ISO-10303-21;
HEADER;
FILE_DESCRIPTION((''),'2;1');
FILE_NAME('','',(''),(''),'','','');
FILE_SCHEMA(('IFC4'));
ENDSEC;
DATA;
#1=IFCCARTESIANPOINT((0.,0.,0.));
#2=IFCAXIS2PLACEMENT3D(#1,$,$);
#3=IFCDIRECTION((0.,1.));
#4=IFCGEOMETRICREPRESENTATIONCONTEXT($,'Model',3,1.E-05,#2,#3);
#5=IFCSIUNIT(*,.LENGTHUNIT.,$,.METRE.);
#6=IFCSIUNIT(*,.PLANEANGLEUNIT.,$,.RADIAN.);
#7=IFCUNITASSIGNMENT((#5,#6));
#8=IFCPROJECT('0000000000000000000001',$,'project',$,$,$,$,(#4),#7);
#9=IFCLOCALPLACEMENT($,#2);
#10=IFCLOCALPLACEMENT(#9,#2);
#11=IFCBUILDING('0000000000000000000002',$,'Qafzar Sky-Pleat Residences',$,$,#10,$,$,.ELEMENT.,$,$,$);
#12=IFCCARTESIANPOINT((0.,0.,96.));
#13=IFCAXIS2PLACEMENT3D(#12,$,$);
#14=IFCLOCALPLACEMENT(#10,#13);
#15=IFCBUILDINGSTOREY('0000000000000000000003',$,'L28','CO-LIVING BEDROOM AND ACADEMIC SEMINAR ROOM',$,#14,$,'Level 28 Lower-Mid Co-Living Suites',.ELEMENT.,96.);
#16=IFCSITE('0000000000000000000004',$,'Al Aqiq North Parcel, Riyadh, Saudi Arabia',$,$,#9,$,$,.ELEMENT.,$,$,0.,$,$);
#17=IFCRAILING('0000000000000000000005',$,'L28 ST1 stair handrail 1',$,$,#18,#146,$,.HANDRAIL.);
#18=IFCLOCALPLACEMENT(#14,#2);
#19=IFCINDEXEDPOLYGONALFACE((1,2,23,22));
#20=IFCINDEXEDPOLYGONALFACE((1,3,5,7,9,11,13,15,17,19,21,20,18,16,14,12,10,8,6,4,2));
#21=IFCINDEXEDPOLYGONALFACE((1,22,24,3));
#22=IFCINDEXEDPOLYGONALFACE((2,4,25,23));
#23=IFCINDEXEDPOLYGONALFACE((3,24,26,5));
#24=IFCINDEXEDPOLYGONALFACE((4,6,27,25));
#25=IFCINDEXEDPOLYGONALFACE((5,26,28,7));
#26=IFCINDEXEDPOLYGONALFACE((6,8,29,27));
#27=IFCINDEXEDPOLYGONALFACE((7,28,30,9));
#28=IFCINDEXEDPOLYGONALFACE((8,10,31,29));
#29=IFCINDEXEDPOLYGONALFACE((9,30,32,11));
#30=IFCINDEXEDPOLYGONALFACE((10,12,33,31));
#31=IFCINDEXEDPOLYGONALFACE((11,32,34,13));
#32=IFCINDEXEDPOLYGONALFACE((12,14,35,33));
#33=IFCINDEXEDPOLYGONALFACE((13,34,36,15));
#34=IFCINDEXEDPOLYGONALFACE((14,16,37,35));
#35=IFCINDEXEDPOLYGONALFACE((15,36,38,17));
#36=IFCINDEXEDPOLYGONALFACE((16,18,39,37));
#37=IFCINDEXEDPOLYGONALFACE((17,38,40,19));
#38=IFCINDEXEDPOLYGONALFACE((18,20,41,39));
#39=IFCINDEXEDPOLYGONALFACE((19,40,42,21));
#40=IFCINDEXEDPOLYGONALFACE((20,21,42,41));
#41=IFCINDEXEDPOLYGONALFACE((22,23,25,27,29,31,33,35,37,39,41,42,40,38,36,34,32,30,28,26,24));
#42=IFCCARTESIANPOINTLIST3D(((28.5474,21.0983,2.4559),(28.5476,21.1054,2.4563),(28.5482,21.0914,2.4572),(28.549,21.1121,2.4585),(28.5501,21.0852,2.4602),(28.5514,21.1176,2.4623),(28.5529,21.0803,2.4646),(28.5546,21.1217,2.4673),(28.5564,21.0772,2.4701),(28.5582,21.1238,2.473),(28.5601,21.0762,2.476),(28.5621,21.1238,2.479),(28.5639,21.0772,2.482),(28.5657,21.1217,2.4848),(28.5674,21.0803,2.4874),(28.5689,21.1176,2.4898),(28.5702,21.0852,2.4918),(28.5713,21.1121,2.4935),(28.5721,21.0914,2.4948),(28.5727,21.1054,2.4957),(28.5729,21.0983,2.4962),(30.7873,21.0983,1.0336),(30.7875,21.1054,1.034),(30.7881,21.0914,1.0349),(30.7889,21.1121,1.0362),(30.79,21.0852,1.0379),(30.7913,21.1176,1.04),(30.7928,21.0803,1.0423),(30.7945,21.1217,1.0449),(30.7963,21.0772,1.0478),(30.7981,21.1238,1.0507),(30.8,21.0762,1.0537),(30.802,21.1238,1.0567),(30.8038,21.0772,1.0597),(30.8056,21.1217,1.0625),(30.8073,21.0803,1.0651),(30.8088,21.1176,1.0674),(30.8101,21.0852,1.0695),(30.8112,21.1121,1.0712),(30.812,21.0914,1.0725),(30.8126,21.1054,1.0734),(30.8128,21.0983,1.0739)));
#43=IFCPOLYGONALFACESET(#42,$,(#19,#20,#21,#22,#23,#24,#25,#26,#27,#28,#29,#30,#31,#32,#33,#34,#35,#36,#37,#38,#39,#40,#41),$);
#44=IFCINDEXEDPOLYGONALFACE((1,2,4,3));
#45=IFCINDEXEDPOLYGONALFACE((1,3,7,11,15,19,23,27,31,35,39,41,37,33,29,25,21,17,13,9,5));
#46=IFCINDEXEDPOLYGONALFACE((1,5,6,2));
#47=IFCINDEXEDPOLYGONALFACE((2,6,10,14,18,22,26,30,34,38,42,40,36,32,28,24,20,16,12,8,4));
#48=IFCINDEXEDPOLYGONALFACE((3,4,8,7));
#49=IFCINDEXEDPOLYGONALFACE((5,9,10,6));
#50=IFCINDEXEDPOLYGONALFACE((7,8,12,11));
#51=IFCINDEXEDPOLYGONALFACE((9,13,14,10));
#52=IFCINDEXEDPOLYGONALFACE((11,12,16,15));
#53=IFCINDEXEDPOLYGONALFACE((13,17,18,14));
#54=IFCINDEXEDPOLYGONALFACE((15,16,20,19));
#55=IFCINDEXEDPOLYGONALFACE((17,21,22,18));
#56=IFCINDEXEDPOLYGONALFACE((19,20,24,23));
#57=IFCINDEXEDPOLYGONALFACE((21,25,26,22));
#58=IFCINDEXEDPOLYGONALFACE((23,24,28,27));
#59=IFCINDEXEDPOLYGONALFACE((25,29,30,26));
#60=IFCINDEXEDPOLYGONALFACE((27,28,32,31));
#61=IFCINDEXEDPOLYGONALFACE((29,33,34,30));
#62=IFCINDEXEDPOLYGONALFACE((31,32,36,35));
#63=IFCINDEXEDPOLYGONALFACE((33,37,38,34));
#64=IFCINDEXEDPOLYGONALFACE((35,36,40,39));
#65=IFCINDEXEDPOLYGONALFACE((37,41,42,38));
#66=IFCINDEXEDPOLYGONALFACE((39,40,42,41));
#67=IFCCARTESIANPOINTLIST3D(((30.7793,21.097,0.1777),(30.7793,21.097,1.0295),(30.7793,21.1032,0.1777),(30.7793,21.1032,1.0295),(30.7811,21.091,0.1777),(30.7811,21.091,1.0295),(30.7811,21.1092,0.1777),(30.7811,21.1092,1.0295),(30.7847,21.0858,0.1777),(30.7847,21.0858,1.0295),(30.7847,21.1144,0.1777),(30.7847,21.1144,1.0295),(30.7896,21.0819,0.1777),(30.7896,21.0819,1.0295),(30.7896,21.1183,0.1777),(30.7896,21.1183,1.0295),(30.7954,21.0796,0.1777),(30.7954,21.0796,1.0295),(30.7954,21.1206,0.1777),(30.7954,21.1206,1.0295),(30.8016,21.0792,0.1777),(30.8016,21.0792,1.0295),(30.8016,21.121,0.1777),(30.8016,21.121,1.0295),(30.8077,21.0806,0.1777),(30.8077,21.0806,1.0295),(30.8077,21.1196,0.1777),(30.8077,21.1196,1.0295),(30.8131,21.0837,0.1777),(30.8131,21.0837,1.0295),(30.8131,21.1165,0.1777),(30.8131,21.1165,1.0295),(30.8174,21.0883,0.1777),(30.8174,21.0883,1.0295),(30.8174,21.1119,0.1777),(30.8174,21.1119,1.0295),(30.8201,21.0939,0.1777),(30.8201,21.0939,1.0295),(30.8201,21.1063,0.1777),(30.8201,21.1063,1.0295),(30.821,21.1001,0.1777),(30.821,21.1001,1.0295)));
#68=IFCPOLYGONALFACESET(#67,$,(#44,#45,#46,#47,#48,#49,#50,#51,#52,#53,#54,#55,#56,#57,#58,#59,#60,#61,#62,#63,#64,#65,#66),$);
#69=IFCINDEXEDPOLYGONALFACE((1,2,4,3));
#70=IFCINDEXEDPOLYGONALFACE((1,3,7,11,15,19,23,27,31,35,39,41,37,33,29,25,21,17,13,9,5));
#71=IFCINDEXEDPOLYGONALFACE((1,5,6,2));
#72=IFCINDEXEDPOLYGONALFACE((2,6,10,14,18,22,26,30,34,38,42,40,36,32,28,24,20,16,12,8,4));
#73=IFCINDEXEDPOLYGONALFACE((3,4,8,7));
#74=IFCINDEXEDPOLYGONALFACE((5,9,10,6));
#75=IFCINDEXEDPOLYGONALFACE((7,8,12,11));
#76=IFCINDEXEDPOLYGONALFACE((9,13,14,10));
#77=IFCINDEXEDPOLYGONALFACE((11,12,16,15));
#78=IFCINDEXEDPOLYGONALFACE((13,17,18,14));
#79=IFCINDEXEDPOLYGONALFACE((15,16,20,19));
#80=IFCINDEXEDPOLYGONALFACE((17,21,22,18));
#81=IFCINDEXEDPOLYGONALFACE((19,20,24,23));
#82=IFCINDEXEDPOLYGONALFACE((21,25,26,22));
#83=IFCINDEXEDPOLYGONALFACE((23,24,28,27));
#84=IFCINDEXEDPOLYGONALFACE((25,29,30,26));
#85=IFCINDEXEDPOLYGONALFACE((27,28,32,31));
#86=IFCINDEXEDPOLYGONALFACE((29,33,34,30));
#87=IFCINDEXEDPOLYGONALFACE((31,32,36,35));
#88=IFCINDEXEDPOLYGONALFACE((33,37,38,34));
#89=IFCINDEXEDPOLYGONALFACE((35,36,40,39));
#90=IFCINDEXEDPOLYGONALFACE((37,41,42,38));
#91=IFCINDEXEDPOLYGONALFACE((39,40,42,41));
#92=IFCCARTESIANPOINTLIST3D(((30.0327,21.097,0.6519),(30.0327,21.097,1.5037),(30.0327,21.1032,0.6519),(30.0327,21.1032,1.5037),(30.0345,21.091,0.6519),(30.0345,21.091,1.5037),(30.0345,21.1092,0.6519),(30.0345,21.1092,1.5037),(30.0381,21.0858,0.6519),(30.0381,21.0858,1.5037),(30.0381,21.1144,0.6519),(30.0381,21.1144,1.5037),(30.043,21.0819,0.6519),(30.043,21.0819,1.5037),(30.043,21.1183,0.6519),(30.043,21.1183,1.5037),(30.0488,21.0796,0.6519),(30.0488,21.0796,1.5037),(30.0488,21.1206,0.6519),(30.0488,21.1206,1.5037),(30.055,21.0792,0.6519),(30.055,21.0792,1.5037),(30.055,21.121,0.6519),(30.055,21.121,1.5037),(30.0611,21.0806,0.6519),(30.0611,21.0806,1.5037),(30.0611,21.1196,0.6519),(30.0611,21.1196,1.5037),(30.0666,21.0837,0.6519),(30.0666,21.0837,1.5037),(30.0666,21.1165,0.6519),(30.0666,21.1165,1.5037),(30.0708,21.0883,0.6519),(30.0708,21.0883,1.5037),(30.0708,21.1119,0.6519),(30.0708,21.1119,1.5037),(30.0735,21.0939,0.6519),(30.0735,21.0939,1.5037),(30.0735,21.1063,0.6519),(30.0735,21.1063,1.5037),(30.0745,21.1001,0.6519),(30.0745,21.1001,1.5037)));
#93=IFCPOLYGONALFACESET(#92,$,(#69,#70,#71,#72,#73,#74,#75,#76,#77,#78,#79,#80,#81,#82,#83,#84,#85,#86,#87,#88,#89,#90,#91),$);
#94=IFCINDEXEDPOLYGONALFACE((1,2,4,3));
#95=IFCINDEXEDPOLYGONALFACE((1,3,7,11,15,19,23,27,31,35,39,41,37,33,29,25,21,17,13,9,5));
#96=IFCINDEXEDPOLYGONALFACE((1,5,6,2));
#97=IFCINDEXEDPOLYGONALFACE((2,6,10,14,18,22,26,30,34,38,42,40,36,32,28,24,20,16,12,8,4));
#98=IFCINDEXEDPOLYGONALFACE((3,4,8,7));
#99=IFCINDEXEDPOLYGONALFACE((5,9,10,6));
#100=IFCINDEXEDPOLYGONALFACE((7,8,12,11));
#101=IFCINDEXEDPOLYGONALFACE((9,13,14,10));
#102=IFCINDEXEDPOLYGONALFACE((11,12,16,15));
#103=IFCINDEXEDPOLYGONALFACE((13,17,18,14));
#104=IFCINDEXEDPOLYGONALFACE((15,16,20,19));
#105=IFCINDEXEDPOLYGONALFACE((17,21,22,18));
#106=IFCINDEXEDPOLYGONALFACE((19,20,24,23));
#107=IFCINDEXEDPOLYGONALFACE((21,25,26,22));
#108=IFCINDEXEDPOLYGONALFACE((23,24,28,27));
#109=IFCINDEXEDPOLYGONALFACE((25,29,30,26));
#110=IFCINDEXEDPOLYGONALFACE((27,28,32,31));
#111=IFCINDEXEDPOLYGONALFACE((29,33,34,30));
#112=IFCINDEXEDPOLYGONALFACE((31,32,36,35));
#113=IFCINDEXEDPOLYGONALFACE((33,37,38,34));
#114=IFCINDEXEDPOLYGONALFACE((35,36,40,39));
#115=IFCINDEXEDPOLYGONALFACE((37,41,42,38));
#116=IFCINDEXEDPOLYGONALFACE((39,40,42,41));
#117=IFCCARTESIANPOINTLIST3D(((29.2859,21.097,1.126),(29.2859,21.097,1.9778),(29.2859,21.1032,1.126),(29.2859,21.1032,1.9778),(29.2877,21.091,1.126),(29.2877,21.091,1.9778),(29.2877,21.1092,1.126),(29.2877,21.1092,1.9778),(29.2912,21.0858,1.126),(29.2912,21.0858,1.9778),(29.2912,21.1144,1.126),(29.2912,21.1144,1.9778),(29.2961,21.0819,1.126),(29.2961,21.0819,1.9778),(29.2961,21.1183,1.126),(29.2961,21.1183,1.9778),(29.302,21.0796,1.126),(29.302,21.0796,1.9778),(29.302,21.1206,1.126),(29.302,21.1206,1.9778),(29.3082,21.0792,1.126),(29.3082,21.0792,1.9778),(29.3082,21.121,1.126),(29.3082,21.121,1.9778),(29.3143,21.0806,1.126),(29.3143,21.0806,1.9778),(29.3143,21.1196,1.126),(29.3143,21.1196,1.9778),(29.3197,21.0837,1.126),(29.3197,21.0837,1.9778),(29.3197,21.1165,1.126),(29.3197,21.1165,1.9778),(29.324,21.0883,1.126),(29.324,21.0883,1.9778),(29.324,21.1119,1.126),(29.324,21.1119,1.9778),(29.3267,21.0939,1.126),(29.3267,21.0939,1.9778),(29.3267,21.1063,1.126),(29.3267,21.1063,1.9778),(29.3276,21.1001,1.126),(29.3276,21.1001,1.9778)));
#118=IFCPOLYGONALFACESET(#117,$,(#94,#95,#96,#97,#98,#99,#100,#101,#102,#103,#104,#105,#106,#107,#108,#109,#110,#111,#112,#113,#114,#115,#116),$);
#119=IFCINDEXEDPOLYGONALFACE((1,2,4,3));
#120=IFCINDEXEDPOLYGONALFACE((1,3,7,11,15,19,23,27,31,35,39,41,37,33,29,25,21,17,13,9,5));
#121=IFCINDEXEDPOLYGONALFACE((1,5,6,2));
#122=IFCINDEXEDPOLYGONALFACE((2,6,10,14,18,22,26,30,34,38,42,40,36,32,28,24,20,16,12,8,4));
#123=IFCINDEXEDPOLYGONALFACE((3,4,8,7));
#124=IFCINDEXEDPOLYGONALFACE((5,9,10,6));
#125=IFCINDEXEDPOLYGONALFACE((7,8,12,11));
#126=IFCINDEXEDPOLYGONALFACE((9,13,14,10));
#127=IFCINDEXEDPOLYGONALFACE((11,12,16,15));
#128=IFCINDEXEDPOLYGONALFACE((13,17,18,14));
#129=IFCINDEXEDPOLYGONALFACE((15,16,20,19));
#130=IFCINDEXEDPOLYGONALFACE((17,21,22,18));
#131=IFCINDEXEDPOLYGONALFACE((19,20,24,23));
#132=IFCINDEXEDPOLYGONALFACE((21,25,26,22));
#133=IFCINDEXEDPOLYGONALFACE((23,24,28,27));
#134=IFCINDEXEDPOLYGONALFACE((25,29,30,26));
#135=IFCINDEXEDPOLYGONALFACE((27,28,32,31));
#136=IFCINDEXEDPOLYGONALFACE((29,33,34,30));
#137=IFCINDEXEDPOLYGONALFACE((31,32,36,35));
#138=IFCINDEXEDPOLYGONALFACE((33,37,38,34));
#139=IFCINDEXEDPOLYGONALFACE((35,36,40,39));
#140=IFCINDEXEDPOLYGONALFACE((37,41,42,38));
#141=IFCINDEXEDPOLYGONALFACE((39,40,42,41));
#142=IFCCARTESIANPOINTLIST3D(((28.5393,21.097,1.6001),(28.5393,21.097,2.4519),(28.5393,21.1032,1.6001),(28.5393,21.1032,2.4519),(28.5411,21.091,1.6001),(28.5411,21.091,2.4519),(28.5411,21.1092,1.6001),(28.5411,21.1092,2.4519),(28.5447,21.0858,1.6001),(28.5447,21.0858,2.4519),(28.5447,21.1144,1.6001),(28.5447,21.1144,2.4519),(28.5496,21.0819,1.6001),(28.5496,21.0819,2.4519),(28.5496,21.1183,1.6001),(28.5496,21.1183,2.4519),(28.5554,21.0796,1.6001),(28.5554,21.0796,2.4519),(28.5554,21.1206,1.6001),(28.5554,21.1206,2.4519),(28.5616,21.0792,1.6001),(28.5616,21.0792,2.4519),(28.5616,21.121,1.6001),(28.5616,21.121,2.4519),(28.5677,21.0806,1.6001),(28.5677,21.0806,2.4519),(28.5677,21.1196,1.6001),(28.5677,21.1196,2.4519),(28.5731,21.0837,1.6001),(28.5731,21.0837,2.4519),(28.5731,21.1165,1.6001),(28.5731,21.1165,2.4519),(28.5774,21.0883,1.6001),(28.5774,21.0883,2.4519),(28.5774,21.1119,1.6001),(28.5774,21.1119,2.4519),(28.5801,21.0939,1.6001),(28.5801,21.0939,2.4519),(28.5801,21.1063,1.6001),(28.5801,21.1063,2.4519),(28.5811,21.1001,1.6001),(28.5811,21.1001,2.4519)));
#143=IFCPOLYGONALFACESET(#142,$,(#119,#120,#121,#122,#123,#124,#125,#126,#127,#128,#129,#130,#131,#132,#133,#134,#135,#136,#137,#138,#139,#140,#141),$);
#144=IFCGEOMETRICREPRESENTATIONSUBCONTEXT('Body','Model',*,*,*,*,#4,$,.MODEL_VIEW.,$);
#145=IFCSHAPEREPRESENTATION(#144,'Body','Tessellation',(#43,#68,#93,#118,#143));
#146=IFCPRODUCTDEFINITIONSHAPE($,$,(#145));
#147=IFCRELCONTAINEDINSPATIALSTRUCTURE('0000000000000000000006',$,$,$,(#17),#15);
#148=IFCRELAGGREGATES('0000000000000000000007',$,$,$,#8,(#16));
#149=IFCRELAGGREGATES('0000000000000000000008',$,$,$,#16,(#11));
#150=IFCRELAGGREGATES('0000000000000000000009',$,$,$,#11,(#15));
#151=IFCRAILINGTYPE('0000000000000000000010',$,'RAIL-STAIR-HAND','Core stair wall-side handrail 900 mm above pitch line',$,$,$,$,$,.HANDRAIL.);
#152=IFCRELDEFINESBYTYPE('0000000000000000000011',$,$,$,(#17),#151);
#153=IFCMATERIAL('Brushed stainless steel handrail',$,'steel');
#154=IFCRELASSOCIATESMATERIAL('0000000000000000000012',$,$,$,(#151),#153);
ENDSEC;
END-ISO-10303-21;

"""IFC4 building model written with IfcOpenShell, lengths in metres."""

from ifc_helpers import new_model, si_unit, direction, frame, origin, origin_2d, place, context, subcontext, project, spatial, circle, extrude, source, transform, mapped, material, type_object, element, save


model = new_model("IFC4")

# Units and contexts
model_context = context("Model", 3, precision=1e-05, world=origin(), true_north=direction((0.0, 1.0)))
body_context = subcontext(model_context, "Body", "Model", "MODEL_VIEW")
ifc_project = project(units=[si_unit("LENGTHUNIT", "METRE"), si_unit("PLANEANGLEUNIT", "RADIAN")], contexts=[model_context])

# Site, building, storey
site_placement = place(None, origin())
site = spatial("IfcSite", under=ifc_project, at=site_placement, Name="Al Aqiq North Parcel, Riyadh, Saudi Arabia", CompositionType="ELEMENT", RefElevation=0.0)
building_placement = place(site_placement, origin())
building = spatial("IfcBuilding", under=site, at=building_placement, Name="Qafzar Sky-Pleat Residences", CompositionType="ELEMENT")
storey_placement = place(building_placement, frame((0.0, 0.0, 96.0)))
storey = spatial("IfcBuildingStorey", under=building, at=storey_placement, Name="L28", Description="CO-LIVING BEDROOM AND ACADEMIC SEMINAR ROOM", LongName="Level 28 Lower-Mid Co-Living Suites", CompositionType="ELEMENT", Elevation=96.0)

# Railing
ifc_material_1 = material(Name="Brushed stainless steel handrail", Category="steel")
railing_type_1 = type_object("IfcRailingType", Name="RAIL-STAIR-HAND", Description="Core stair wall-side handrail 900 mm above pitch line", PredefinedType="HANDRAIL", material=ifc_material_1)
shared_shape_1 = source(origin(), body_context, "Body", "SweptSolid", [
    extrude(circle(Radius=0.0239, at=origin_2d()), frame((0.0, 0.0, 0.876), z_axis=(-0.844188, 0.0, 0.536048), x_axis=(0.0, -1.0, 0.0)), (0.0, 0.0, 1.0), 2.6533),
    extrude(circle(Radius=0.021, at=origin_2d()), origin(), (0.0, 0.0, 1.0), 0.8518),
    extrude(circle(Radius=0.021, at=origin_2d()), frame((-0.7466, 0.0, 0.4741)), (0.0, 0.0, 1.0), 0.8518),
    extrude(circle(Radius=0.021, at=origin_2d()), frame((-1.4934, 0.0, 0.9482)), (0.0, 0.0, 1.0), 0.8518),
    extrude(circle(Radius=0.021, at=origin_2d()), frame((-2.24, 0.0, 1.4224)), (0.0, 0.0, 1.0), 0.8518),
])
railing_1_placement = place(storey_placement, frame((30.8, 21.1001, 0.1777)))
element("IfcRailing", 1, at=railing_1_placement, inside=storey, type_object=railing_type_1, Name="L28 ST1 stair handrail 1", PredefinedType="HANDRAIL", context=body_context, shape_type="MappedRepresentation", body=[
    mapped(shared_shape_1, transform((0.0, 0.0, 0.0), x_axis=(1.0, 0.0, 0.0), y_axis=(0.0, 1.0, 0.0), z_axis=(0.0, 0.0, 1.0), scale=1.0)),
])

save(model, "model.ifc")
